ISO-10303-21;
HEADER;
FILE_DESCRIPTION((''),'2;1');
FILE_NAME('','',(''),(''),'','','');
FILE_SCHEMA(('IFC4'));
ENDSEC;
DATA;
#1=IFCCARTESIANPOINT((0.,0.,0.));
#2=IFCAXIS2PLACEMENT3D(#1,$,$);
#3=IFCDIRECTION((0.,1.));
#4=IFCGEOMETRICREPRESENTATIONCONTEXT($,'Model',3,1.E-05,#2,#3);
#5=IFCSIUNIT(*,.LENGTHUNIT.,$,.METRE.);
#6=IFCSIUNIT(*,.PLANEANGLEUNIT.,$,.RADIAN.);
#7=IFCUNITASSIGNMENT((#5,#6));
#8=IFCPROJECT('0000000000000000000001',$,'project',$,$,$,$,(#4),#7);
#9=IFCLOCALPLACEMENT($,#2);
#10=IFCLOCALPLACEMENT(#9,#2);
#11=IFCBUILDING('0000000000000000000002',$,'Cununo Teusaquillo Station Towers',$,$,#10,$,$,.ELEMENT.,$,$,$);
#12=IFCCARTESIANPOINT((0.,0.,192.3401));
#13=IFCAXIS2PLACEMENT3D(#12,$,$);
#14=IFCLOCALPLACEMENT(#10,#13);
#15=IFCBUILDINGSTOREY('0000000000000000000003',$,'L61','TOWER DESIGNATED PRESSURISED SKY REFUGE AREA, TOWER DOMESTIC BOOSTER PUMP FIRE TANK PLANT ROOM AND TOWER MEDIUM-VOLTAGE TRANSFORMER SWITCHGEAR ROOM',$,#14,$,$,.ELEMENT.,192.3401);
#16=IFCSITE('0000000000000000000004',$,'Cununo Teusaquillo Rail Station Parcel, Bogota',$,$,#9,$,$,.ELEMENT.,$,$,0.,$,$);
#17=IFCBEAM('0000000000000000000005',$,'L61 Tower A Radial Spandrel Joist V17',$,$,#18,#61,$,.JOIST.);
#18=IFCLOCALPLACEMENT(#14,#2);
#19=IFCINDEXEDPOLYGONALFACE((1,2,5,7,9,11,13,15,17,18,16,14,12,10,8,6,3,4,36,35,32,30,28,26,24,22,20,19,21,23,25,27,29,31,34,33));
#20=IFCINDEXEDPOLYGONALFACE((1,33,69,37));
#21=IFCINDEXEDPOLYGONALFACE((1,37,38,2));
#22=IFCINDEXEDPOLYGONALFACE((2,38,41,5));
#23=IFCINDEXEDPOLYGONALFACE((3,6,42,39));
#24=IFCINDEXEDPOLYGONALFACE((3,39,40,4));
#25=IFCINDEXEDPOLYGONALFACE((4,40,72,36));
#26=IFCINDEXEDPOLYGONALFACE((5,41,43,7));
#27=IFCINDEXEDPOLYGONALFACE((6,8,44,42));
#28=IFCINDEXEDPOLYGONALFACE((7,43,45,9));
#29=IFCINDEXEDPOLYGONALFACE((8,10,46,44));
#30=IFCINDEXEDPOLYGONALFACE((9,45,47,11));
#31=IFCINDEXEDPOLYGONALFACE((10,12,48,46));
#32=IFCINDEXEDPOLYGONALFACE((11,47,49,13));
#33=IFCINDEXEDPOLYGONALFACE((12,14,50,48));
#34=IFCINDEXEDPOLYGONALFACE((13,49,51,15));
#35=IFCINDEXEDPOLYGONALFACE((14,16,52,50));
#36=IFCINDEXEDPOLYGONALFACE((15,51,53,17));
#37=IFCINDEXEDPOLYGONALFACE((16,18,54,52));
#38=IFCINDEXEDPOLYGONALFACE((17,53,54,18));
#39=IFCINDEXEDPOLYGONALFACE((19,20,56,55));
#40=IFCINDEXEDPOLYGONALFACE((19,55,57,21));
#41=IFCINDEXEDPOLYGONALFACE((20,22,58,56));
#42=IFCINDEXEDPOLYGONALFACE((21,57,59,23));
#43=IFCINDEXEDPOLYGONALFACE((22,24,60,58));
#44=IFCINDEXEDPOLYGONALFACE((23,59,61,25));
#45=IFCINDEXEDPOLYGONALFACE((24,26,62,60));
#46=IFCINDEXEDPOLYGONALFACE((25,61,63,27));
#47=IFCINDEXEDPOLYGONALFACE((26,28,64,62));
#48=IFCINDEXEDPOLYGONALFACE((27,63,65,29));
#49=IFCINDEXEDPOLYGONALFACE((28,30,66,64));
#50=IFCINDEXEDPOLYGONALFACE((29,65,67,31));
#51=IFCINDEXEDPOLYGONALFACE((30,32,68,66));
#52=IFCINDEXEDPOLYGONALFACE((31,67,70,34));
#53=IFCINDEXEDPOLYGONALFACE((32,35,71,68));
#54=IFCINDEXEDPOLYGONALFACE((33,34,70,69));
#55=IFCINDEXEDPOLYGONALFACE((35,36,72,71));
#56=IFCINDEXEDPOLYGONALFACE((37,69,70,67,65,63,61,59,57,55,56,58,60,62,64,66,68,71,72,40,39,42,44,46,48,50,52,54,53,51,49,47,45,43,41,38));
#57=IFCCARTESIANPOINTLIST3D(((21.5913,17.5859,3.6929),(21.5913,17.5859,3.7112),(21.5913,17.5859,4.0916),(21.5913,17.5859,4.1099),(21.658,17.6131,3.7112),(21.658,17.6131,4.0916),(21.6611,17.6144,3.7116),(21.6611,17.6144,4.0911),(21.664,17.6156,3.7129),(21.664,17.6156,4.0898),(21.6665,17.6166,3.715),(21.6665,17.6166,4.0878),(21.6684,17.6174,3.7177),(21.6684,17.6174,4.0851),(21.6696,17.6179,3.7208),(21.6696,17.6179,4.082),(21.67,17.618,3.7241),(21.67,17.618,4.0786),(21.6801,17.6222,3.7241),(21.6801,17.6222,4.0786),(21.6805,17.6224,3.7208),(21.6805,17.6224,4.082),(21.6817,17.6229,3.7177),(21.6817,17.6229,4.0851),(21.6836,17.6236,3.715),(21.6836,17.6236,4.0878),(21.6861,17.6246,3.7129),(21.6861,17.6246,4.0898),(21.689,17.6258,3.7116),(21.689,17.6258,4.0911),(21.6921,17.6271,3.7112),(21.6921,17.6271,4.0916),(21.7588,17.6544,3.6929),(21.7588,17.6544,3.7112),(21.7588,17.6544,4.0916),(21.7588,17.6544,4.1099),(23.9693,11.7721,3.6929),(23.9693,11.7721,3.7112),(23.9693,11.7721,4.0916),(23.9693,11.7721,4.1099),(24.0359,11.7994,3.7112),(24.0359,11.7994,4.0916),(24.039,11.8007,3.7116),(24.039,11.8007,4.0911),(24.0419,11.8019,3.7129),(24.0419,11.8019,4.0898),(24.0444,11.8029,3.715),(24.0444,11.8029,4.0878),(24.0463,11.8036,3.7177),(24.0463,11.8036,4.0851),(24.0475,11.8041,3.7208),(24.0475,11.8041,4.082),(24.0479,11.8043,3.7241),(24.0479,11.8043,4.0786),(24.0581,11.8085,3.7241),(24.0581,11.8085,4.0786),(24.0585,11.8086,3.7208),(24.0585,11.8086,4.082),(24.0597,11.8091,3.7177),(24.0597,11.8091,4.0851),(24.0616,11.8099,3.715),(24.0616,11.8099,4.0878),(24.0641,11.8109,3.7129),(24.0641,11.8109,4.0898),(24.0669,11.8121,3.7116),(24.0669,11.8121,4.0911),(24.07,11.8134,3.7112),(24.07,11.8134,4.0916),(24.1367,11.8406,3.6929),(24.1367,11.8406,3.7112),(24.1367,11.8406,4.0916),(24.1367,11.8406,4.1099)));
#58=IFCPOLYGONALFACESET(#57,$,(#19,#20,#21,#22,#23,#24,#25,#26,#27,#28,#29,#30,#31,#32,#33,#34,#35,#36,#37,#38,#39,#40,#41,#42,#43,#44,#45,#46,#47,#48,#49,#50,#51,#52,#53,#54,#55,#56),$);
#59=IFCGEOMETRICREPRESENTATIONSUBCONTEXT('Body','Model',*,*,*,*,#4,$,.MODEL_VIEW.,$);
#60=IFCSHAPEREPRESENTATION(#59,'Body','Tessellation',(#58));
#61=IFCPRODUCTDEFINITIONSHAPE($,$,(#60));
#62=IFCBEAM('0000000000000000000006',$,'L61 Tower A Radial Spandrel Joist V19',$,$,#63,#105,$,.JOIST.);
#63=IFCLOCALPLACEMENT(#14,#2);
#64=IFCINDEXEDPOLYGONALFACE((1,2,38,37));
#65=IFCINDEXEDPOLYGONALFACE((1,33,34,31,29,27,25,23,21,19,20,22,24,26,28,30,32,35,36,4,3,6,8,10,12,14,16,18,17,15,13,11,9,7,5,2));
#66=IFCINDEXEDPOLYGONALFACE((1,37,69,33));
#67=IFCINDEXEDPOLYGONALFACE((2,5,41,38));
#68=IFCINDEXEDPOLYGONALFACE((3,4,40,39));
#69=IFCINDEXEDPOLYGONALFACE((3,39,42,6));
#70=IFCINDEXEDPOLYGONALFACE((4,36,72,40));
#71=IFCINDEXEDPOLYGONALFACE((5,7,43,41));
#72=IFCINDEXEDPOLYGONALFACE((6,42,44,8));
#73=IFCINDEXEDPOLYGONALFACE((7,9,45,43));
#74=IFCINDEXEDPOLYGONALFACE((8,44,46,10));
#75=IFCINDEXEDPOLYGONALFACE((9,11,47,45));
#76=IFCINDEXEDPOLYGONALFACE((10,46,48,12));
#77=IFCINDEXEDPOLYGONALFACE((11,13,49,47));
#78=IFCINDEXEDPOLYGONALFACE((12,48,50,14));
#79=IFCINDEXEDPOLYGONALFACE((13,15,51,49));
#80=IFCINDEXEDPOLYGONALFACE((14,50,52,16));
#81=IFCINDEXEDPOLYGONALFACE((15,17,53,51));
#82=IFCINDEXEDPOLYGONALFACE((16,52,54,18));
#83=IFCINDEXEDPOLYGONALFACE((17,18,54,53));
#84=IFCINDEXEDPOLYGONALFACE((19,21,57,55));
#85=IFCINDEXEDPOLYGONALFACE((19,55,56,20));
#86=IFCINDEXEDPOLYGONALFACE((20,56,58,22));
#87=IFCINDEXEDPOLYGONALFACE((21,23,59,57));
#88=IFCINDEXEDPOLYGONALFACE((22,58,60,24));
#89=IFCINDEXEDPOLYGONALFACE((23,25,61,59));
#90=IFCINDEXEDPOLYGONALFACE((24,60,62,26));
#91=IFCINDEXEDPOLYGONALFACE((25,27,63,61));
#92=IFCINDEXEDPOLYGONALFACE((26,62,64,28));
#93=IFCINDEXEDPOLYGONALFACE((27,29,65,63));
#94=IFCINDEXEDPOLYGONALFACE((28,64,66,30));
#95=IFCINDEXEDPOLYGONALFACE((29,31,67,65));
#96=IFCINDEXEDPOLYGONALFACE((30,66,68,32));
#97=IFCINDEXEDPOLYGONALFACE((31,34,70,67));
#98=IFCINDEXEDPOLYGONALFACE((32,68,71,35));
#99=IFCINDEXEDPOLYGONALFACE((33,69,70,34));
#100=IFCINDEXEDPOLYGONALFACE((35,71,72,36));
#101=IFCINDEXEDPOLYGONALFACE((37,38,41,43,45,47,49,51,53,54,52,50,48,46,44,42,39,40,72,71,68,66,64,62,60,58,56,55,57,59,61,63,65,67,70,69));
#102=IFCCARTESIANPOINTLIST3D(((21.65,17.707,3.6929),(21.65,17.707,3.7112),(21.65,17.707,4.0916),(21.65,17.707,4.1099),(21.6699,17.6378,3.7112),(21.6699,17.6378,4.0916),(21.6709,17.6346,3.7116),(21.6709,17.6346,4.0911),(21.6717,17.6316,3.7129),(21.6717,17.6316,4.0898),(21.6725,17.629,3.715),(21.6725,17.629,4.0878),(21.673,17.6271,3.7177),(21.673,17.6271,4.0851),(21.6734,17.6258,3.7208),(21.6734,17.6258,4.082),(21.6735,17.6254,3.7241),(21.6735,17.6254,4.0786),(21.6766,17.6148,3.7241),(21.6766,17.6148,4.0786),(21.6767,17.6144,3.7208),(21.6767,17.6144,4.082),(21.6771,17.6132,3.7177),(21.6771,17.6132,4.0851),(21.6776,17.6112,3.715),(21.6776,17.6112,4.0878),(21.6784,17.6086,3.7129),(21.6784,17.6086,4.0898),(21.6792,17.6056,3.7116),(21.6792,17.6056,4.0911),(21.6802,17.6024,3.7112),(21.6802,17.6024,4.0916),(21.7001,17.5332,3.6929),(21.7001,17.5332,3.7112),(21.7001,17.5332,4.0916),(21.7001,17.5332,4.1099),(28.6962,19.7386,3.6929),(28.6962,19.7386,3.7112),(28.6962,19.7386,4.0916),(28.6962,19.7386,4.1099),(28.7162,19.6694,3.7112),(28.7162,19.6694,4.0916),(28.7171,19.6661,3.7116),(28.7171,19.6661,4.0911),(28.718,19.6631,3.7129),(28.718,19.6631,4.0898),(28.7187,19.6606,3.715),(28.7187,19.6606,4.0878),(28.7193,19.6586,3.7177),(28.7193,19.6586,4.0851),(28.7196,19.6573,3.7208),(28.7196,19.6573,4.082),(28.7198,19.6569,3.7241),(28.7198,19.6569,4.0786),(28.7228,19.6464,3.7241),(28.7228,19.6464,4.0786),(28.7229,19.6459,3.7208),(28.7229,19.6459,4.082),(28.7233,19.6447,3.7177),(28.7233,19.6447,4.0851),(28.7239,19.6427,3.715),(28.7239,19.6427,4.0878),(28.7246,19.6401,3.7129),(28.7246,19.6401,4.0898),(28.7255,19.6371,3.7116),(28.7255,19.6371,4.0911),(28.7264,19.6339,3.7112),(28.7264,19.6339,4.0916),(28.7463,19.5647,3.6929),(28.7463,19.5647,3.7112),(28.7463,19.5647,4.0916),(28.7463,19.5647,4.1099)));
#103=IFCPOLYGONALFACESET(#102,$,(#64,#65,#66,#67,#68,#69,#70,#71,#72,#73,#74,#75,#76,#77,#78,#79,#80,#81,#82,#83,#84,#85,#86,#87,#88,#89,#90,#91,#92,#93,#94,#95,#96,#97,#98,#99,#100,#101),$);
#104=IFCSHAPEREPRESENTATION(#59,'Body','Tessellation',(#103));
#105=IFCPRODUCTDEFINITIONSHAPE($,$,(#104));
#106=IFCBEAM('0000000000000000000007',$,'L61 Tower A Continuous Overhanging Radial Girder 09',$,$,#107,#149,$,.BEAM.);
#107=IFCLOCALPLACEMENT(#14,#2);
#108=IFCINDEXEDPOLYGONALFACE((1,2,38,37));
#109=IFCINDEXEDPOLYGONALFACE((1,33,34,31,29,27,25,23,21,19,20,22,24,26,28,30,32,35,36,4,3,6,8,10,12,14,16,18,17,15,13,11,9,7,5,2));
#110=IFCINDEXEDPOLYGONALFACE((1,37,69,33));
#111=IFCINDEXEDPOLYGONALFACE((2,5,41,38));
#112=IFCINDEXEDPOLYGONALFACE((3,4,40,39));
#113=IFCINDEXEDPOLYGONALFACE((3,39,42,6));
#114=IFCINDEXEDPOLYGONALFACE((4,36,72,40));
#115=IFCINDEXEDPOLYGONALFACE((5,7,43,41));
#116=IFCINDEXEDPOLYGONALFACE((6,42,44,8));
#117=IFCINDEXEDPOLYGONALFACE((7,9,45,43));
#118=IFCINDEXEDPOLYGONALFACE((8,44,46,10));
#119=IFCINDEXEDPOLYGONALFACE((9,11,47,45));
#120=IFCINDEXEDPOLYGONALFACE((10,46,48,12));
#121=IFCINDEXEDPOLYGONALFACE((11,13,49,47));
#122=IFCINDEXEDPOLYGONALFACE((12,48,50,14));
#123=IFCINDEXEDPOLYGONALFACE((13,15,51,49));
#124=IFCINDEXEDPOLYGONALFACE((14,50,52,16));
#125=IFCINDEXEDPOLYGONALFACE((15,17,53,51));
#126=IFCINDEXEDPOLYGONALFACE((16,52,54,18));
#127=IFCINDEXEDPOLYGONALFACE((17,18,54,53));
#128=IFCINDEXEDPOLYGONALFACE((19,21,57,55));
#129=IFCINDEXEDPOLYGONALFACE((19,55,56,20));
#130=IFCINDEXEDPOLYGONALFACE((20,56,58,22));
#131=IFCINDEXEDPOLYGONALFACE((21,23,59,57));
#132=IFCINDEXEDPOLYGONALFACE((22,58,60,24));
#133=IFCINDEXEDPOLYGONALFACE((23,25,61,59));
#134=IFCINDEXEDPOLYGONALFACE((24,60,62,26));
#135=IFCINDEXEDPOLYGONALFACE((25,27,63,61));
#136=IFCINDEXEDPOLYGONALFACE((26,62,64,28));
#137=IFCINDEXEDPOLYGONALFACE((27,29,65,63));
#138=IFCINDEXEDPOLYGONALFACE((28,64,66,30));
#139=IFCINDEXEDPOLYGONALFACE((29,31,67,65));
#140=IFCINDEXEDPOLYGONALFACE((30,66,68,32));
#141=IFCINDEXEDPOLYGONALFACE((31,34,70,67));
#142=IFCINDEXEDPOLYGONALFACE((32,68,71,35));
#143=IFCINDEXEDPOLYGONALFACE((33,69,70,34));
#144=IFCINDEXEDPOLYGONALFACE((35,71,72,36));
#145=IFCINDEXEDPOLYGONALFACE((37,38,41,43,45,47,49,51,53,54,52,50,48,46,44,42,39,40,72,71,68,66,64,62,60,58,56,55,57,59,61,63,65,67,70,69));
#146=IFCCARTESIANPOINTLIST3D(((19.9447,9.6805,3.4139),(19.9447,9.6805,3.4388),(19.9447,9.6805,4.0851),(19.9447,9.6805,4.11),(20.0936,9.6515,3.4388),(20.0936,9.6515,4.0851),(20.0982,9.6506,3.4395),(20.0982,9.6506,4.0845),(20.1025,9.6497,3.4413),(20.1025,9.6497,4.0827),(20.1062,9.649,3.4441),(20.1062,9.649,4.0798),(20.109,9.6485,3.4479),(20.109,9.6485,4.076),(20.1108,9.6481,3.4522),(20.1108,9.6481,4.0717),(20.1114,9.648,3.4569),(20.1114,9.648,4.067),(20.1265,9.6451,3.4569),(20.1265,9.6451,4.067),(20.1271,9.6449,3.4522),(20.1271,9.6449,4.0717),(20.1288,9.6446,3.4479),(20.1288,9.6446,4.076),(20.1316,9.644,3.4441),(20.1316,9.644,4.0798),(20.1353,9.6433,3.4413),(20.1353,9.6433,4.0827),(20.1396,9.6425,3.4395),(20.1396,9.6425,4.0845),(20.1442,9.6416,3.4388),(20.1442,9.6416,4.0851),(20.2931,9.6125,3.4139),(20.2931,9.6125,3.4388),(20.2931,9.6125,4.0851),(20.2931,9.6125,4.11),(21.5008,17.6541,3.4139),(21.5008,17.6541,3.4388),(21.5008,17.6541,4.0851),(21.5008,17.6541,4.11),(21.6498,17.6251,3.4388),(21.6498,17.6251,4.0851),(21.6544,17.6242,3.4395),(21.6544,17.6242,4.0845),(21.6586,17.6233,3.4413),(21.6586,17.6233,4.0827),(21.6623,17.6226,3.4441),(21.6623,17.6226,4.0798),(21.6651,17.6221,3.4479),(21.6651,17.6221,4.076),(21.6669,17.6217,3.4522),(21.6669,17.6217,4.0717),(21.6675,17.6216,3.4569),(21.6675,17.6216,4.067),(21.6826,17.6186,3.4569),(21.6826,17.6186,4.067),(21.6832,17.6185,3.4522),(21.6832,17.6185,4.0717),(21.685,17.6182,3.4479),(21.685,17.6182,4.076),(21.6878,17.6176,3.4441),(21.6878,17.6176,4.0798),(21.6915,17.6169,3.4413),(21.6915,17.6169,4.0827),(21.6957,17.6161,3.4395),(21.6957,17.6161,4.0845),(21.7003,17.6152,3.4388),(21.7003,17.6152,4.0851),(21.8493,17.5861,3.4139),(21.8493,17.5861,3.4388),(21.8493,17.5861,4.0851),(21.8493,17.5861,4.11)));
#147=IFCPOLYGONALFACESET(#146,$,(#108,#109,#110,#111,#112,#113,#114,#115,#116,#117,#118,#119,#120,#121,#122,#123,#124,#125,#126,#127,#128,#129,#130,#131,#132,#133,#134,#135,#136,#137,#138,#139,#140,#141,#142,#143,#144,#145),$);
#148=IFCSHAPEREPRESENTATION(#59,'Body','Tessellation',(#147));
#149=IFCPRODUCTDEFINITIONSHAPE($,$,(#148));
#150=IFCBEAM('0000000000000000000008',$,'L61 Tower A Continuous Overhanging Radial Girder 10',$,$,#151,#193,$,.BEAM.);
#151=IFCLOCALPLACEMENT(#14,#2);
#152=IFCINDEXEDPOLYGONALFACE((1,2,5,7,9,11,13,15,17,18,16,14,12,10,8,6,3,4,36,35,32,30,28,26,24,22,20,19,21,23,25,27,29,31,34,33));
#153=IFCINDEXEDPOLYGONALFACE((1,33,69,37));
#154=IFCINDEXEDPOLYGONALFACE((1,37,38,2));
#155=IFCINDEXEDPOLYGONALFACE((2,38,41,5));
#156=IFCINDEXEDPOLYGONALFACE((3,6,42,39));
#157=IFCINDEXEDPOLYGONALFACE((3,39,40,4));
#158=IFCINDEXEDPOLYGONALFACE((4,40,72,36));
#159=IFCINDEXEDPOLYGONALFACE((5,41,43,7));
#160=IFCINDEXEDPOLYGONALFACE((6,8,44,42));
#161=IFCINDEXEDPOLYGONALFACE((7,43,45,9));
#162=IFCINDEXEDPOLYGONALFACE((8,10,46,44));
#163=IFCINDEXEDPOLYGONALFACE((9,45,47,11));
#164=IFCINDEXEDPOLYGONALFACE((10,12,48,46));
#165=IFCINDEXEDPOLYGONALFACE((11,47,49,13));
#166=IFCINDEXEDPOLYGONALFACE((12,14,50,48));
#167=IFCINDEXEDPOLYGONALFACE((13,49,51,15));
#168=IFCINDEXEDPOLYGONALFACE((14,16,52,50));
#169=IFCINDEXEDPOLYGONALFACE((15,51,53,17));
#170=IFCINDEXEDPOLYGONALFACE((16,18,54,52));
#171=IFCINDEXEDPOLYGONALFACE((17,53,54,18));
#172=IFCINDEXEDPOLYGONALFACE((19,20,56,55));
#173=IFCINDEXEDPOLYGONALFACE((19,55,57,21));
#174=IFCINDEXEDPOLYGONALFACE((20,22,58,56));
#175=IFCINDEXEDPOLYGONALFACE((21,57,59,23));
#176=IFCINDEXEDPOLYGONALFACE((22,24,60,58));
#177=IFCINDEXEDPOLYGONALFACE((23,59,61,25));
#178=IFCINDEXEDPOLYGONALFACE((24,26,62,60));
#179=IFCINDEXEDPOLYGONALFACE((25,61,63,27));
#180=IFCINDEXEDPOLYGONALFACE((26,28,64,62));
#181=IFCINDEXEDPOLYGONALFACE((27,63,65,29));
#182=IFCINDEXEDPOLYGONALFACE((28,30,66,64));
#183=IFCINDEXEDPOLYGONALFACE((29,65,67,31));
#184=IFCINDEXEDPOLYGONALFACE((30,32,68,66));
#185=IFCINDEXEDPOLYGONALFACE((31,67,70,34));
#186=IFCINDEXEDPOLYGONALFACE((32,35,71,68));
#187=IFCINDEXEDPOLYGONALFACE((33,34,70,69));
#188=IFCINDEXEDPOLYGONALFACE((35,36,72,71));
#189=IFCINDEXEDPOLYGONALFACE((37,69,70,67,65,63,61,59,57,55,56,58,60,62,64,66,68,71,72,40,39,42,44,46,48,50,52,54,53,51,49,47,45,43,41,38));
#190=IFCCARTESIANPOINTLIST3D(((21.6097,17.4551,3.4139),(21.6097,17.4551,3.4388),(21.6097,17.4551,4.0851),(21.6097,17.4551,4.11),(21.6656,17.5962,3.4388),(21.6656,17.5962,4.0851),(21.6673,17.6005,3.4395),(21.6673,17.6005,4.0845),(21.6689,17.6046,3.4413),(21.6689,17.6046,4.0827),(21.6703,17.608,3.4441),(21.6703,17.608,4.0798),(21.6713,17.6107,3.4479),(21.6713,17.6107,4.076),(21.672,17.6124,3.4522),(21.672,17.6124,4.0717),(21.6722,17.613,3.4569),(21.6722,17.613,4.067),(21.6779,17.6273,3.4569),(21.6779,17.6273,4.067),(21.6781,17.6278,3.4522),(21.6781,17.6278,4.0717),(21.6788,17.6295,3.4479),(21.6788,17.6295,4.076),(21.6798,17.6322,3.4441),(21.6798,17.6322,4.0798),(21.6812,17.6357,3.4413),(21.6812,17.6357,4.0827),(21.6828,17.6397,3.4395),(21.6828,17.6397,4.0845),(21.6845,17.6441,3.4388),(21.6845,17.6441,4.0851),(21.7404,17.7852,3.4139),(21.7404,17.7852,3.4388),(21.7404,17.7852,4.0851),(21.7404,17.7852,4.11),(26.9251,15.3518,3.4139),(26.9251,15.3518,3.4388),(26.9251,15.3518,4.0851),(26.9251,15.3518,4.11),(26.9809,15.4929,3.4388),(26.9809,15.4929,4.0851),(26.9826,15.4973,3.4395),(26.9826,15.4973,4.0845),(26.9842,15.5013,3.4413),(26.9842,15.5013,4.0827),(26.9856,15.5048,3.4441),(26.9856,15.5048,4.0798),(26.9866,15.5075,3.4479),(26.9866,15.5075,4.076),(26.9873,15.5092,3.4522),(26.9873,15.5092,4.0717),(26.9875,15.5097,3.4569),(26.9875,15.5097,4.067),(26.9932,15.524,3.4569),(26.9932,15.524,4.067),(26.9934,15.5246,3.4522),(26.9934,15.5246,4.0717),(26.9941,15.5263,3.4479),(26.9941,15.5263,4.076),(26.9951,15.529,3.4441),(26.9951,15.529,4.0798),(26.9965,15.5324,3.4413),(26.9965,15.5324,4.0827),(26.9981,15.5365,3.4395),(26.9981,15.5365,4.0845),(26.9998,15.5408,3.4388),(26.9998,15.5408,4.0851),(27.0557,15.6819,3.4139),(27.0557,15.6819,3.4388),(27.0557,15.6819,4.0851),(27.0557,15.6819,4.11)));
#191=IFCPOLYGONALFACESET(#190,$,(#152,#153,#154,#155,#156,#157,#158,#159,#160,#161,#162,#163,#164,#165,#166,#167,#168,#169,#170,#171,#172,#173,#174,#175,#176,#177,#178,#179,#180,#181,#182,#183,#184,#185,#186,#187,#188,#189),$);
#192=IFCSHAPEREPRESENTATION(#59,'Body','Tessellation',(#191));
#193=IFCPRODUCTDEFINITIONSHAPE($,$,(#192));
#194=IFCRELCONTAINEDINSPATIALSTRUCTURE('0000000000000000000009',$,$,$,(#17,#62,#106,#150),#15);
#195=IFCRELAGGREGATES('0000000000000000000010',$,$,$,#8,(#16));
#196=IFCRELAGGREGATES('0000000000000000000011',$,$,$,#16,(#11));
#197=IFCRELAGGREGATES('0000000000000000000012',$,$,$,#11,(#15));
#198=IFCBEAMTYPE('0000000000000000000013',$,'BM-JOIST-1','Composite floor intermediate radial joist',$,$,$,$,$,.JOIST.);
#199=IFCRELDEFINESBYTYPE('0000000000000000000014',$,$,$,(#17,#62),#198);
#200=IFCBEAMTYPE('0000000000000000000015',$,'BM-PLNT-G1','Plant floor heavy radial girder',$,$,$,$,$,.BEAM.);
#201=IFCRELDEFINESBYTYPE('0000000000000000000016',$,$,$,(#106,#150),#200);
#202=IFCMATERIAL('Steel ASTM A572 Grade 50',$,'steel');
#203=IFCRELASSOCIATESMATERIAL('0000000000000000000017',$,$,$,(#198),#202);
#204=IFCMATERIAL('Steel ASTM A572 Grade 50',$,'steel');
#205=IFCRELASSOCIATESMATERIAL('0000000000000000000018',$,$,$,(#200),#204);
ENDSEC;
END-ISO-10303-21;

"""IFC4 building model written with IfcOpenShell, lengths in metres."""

from ifc_helpers import new_model, si_unit, direction, frame, origin, origin_2d, place, context, subcontext, project, spatial, i_section, extrude, material, material_profile, profile_set, type_object, element, save


model = new_model("IFC4")

# Units and contexts
model_context = context("Model", 3, precision=1e-05, world=origin(), true_north=direction((0.0, 1.0)))
body_context = subcontext(model_context, "Body", "Model", "MODEL_VIEW")
ifc_project = project(units=[si_unit("LENGTHUNIT", "METRE"), si_unit("PLANEANGLEUNIT", "RADIAN")], contexts=[model_context])

# Site, building, storey
site_placement = place(None, origin())
site = spatial("IfcSite", under=ifc_project, at=site_placement, Name="Cununo Teusaquillo Rail Station Parcel, Bogota", CompositionType="ELEMENT", RefElevation=0.0)
building_placement = place(site_placement, origin())
building = spatial("IfcBuilding", under=site, at=building_placement, Name="Cununo Teusaquillo Station Towers", CompositionType="ELEMENT")
storey_placement = place(building_placement, frame((0.0, 0.0, 192.3401)))
storey = spatial("IfcBuildingStorey", under=building, at=storey_placement, Name="L61", Description="TOWER DESIGNATED PRESSURISED SKY REFUGE AREA, TOWER DOMESTIC BOOSTER PUMP FIRE TANK PLANT ROOM AND TOWER MEDIUM-VOLTAGE TRANSFORMER SWITCHGEAR ROOM", CompositionType="ELEMENT", Elevation=192.3401)

# Beams
ifc_material_1 = material(Name="Steel ASTM A572 Grade 50", Category="steel")
ifc_material_profile_1 = material_profile(ifc_material_1, i_section(OverallWidth=0.1809, OverallDepth=0.417, WebThickness=0.011, FlangeThickness=0.0183, FilletRadius=0.0129, at=origin_2d()), Name="W16X57")
ifc_profile_set_1 = profile_set([ifc_material_profile_1], Name="Steel ASTM A572 Grade 50")
beam_type_1 = type_object("IfcBeamType", Name="BM-JOIST-1", Description="Composite floor intermediate radial joist", PredefinedType="JOIST", material=ifc_profile_set_1)
beam_1_placement = place(storey_placement, frame((21.675, 17.6201, 3.9014), z_axis=(0.378577, -0.92557, 0.0), x_axis=(0.92557, 0.378577, 0.0)))
element("IfcBeam", 1, at=beam_1_placement, inside=storey, type_object=beam_type_1, Name="L61 Tower A Radial Spandrel Joist V17", PredefinedType="JOIST", context=body_context, shape_type="SweptSolid", body=[
    extrude(i_section(OverallWidth=0.1809, OverallDepth=0.417, WebThickness=0.011, FlangeThickness=0.0183, FilletRadius=0.0129, at=origin_2d()), origin(), (0.0, 0.0, 1.0), 6.2812),
])
beam_2_placement = place(storey_placement, frame((21.675, 17.6201, 3.9014), z_axis=(0.960862, 0.277029, 0.0), x_axis=(-0.277029, 0.960862, 0.0)))
element("IfcBeam", 2, at=beam_2_placement, inside=storey, type_object=beam_type_1, Name="L61 Tower A Radial Spandrel Joist V19", PredefinedType="JOIST", context=body_context, shape_type="SweptSolid", body=[
    extrude(i_section(OverallWidth=0.1809, OverallDepth=0.417, WebThickness=0.011, FlangeThickness=0.0183, FilletRadius=0.0129, at=origin_2d()), origin(), (0.0, 0.0, 1.0), 7.3333),
])
ifc_material_2 = material(Name="Steel ASTM A572 Grade 50", Category="steel")
ifc_material_profile_2 = material_profile(ifc_material_2, i_section(OverallWidth=0.355, OverallDepth=0.696, WebThickness=0.0154, FlangeThickness=0.0249, FilletRadius=0.0181, at=origin_2d()), Name="W27X146")
ifc_profile_set_2 = profile_set([ifc_material_profile_2], Name="Steel ASTM A572 Grade 50")
beam_type_2 = type_object("IfcBeamType", Name="BM-PLNT-G1", Description="Plant floor heavy radial girder", PredefinedType="BEAM", material=ifc_profile_set_2)
beam_3_placement = place(storey_placement, frame((21.675, 17.6201, 3.762), z_axis=(-0.191548, -0.981483, 0.0), x_axis=(0.981483, -0.191548, 0.0)))
element("IfcBeam", 3, at=beam_3_placement, inside=storey, type_object=beam_type_2, Name="L61 Tower A Continuous Overhanging Radial Girder 09", PredefinedType="BEAM", context=body_context, shape_type="SweptSolid", body=[
    extrude(i_section(OverallWidth=0.355, OverallDepth=0.696, WebThickness=0.0154, FlangeThickness=0.0249, FilletRadius=0.0181, at=origin_2d()), origin(), (0.0, 0.0, 1.0), 8.124),
])
beam_4_placement = place(storey_placement, frame((21.675, 17.6201, 3.762), z_axis=(0.929852, -0.367935, 0.0), x_axis=(0.367935, 0.929852, 0.0)))
element("IfcBeam", 4, at=beam_4_placement, inside=storey, type_object=beam_type_2, Name="L61 Tower A Continuous Overhanging Radial Girder 10", PredefinedType="BEAM", context=body_context, shape_type="SweptSolid", body=[
    extrude(i_section(OverallWidth=0.355, OverallDepth=0.696, WebThickness=0.0154, FlangeThickness=0.0249, FilletRadius=0.0181, at=origin_2d()), origin(), (0.0, 0.0, 1.0), 5.7163),
])

save(model, "model.ifc")
